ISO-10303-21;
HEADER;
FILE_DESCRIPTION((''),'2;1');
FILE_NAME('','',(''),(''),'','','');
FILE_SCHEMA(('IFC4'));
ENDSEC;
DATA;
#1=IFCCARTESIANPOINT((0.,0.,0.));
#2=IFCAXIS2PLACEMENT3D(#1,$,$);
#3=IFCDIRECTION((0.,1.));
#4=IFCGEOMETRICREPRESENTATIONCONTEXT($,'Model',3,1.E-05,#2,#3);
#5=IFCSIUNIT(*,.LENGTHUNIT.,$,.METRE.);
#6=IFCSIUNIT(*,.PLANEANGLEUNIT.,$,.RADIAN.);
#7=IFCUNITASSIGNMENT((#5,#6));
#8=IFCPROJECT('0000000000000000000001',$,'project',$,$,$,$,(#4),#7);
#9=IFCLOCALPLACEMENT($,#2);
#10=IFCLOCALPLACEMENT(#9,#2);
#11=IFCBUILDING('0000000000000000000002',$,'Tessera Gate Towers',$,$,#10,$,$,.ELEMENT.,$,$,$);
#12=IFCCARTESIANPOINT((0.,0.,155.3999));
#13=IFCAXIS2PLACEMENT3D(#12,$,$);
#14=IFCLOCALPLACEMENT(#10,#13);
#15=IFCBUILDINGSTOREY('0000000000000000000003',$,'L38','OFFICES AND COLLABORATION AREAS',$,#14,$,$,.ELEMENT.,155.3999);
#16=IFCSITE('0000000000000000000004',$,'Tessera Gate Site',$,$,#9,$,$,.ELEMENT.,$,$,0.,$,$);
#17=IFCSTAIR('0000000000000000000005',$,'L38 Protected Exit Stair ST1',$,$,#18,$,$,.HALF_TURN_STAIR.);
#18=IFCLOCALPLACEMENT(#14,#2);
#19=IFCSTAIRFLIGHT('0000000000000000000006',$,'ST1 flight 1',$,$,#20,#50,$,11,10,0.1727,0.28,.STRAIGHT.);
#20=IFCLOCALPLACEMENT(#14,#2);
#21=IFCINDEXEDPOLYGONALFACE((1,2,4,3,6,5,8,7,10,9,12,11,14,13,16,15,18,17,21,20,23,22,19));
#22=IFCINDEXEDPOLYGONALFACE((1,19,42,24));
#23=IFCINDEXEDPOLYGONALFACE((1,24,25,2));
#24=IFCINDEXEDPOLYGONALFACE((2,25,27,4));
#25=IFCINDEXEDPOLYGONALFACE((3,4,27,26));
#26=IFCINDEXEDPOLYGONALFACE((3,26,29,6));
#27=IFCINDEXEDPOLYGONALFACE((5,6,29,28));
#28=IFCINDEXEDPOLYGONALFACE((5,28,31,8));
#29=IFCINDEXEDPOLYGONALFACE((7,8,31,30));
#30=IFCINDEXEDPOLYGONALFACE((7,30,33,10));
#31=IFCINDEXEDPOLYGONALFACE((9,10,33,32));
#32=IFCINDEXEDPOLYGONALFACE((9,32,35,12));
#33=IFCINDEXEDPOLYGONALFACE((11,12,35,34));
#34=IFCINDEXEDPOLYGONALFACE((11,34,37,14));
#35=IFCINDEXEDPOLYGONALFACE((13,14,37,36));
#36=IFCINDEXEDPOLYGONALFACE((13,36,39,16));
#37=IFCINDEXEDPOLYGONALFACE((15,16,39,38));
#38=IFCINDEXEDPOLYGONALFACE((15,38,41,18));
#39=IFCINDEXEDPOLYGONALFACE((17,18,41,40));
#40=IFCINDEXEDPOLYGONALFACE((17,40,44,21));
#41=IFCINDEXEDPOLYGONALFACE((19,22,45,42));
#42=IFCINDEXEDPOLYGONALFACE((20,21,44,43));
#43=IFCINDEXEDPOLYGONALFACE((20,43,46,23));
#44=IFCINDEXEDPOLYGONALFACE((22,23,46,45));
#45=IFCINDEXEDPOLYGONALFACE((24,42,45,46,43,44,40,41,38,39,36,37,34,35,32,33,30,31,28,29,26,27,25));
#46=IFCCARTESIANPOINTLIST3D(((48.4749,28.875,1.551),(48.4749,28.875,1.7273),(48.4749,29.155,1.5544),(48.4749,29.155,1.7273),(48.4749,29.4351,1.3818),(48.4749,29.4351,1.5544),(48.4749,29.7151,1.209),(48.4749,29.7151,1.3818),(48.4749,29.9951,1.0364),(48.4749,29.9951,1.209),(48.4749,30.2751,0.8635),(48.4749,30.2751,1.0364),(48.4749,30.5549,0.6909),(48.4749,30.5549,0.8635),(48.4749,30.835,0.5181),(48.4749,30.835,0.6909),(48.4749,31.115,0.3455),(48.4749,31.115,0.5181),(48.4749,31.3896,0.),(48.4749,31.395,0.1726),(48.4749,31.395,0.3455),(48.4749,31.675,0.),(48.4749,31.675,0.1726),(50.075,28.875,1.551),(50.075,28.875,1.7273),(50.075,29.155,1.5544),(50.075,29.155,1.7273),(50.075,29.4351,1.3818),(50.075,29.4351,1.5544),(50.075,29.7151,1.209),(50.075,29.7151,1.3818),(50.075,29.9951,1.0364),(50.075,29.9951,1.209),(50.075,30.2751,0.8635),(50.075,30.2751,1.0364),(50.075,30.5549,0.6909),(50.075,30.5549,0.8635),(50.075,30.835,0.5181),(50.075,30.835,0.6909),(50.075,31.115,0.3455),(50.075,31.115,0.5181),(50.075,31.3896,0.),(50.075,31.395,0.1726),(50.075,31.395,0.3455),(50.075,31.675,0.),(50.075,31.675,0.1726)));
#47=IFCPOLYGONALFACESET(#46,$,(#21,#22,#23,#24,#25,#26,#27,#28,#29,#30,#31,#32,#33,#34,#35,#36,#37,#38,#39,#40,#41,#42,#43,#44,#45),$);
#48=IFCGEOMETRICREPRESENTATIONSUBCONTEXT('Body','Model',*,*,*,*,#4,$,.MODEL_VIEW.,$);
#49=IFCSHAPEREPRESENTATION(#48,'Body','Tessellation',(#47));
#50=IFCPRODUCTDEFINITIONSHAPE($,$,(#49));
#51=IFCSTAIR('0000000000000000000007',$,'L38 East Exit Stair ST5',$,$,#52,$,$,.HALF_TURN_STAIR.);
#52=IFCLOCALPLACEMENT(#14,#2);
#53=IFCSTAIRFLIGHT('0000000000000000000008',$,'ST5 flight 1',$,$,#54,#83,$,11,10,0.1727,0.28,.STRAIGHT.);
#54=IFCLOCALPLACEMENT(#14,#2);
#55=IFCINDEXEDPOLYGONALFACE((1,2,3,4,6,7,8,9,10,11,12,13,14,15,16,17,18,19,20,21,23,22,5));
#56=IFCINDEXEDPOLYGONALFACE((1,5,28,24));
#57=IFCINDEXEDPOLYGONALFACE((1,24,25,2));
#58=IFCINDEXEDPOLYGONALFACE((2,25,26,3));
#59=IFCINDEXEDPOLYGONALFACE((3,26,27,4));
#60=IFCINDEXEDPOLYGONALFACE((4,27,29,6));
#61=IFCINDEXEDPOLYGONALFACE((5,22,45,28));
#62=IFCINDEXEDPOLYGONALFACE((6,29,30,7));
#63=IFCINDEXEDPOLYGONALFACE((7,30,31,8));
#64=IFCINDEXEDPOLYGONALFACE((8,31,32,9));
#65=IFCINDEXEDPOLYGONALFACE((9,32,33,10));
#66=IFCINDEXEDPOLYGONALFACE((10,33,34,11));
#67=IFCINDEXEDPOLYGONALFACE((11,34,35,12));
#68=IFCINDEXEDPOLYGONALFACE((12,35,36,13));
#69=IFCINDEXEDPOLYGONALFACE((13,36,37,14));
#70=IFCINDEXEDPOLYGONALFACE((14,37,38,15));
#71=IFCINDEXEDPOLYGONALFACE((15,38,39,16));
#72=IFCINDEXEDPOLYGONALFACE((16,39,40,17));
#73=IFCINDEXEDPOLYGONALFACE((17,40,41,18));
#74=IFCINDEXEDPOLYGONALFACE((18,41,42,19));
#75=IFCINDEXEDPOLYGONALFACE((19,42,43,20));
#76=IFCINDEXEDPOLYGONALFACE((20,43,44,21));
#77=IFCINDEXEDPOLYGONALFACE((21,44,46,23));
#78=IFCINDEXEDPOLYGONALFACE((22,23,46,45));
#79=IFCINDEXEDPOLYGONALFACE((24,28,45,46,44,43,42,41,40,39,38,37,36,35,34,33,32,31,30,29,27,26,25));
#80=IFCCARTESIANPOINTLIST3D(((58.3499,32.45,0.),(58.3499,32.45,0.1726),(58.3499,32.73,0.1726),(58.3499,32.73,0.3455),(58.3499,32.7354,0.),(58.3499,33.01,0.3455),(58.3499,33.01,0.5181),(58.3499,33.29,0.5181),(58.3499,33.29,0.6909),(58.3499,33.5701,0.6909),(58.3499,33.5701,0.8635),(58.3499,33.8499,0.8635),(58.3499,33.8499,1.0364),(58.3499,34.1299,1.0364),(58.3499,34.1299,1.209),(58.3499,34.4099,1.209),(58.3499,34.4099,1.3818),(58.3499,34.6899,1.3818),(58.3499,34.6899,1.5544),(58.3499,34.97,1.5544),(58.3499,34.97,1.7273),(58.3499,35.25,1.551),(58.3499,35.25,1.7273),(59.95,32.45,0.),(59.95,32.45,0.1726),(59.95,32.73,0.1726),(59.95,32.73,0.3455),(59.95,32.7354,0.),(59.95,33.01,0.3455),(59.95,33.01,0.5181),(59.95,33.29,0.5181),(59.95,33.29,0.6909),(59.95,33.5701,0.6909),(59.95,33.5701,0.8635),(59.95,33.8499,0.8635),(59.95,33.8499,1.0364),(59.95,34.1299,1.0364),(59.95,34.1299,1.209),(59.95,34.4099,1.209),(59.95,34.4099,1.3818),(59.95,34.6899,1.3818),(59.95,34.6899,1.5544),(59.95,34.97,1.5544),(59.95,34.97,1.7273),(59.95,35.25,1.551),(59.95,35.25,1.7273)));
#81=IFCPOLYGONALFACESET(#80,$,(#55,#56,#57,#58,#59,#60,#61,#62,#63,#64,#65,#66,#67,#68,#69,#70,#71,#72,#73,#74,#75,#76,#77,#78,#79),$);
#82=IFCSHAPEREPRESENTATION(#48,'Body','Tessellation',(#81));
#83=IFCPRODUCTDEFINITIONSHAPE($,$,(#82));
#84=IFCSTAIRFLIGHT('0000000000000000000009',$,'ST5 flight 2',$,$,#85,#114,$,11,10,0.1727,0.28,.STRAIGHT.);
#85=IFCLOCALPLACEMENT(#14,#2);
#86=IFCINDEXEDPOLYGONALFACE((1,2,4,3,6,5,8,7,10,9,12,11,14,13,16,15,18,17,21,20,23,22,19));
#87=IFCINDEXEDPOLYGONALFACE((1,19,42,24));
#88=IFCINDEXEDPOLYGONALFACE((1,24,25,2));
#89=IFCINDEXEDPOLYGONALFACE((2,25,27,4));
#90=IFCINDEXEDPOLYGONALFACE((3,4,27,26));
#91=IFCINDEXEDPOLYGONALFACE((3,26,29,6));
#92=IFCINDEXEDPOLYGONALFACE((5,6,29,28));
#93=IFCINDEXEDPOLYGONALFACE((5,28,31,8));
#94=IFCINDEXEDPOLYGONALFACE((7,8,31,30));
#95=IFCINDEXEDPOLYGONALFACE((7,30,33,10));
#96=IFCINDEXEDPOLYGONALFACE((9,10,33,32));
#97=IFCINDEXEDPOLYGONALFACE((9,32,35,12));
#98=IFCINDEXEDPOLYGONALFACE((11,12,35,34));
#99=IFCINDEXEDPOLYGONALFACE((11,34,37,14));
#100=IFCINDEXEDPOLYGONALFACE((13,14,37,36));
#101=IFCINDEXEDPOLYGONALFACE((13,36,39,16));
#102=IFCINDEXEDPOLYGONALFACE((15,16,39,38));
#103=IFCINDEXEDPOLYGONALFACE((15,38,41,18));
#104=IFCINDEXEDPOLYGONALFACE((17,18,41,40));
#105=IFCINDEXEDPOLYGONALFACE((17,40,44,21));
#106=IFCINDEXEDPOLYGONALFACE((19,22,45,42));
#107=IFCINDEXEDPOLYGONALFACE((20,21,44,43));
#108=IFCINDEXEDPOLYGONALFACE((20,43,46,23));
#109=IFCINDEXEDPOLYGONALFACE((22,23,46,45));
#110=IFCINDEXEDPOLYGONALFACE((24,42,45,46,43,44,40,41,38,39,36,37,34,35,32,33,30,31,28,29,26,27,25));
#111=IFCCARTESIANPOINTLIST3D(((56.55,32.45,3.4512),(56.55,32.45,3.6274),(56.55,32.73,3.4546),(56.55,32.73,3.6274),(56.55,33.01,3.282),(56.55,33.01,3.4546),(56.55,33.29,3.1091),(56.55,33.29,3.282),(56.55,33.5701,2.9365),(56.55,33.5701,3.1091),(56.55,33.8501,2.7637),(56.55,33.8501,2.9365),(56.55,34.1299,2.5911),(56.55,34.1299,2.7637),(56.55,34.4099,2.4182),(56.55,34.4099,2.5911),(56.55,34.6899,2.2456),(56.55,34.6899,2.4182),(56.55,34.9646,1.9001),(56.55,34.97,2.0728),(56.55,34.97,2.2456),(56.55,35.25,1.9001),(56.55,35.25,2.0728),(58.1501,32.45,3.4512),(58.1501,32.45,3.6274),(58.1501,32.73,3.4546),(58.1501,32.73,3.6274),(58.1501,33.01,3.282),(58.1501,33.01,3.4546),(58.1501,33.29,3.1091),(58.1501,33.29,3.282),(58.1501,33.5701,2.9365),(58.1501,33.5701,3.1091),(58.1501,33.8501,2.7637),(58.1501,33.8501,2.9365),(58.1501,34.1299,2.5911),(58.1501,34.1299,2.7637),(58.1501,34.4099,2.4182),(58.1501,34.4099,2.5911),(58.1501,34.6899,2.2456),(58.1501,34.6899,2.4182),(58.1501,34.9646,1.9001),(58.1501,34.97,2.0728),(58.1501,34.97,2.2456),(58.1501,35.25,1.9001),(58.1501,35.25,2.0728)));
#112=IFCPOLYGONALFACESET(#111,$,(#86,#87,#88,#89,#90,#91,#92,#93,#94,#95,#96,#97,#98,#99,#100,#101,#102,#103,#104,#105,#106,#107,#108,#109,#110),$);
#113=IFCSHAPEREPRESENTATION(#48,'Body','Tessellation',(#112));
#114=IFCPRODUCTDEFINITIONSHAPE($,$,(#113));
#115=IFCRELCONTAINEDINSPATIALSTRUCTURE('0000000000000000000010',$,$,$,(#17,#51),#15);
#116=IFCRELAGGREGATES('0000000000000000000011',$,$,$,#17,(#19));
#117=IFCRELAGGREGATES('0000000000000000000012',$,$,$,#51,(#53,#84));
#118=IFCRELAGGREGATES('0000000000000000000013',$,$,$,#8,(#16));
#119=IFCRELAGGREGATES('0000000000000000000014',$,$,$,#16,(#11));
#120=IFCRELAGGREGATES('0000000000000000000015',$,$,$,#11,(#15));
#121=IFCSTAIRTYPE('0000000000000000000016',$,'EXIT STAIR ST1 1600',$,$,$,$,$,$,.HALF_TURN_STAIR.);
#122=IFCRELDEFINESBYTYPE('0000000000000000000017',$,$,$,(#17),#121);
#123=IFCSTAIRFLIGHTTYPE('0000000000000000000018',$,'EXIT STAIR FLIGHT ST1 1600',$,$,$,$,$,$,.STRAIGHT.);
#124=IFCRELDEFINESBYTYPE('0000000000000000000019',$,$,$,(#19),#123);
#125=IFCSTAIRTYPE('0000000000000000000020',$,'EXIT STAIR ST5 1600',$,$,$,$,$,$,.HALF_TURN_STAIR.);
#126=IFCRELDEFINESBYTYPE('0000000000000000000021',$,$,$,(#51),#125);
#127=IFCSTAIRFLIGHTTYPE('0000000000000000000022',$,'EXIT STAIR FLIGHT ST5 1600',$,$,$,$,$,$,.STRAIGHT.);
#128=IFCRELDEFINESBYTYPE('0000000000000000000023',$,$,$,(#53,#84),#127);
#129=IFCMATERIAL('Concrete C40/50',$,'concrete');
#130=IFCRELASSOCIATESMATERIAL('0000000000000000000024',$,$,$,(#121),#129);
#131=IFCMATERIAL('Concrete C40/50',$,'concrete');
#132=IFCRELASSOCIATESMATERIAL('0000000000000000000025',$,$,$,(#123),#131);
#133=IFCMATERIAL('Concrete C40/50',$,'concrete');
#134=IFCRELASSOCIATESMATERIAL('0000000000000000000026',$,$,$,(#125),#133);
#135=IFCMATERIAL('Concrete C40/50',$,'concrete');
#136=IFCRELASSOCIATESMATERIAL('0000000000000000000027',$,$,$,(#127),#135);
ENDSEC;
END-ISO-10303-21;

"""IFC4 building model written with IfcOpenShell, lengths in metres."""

from ifc_helpers import new_model, si_unit, direction, frame, origin, place, context, subcontext, project, spatial, polyline, outline, extrude, material, type_object, element, aggregate, save


model = new_model("IFC4")

# Units and contexts
model_context = context("Model", 3, precision=1e-05, world=origin(), true_north=direction((0.0, 1.0)))
body_context = subcontext(model_context, "Body", "Model", "MODEL_VIEW")
ifc_project = project(units=[si_unit("LENGTHUNIT", "METRE"), si_unit("PLANEANGLEUNIT", "RADIAN")], contexts=[model_context])

# Site, building, storey
site_placement = place(None, origin())
site = spatial("IfcSite", under=ifc_project, at=site_placement, Name="Tessera Gate Site", CompositionType="ELEMENT", RefElevation=0.0)
building_placement = place(site_placement, origin())
building = spatial("IfcBuilding", under=site, at=building_placement, Name="Tessera Gate Towers", CompositionType="ELEMENT")
storey_placement = place(building_placement, frame((0.0, 0.0, 155.3999)))
storey = spatial("IfcBuildingStorey", under=building, at=storey_placement, Name="L38", Description="OFFICES AND COLLABORATION AREAS", CompositionType="ELEMENT", Elevation=155.3999)

# Stair, stair flight
ifc_material_1 = material(Name="Concrete C40/50", Category="concrete")
stair_type_1 = type_object("IfcStairType", Name="EXIT STAIR ST1 1600", PredefinedType="HALF_TURN_STAIR", material=ifc_material_1)
stair_1_placement = place(storey_placement, origin())
stair_1 = element("IfcStair", 1, at=stair_1_placement, inside=storey, type_object=stair_type_1, Name="L38 Protected Exit Stair ST1", PredefinedType="HALF_TURN_STAIR")
ifc_material_2 = material(Name="Concrete C40/50", Category="concrete")
stair_flight_type_1 = type_object("IfcStairFlightType", Name="EXIT STAIR FLIGHT ST1 1600", PredefinedType="STRAIGHT", material=ifc_material_2)
stair_flight_1_placement = place(storey_placement, frame((49.2749, 31.675, 0.0), z_axis=(0.0, 0.0, 1.0), x_axis=(0.0, -1.0, 0.0)))
stair_flight_1 = element("IfcStairFlight", 2, at=stair_flight_1_placement, type_object=stair_flight_type_1, Name="ST1 flight 1", NumberOfRisers=11, NumberOfTreads=10, PredefinedType="STRAIGHT", RiserHeight=0.1727, TreadLength=0.28, context=body_context, shape_type="SweptSolid", body=[
    extrude(outline(polyline([(0.0, 0.0), (0.0, 0.1726), (0.28, 0.1726), (0.28, 0.3455), (0.5601, 0.3455), (0.5601, 0.5181), (0.8401, 0.5181), (0.8401, 0.6909), (1.1201, 0.6909), (1.1201, 0.8635), (1.3999, 0.8635), (1.3999, 1.0364), (1.6799, 1.0364), (1.6799, 1.209), (1.96, 1.209), (1.96, 1.3818), (2.24, 1.3818), (2.24, 1.5544), (2.52, 1.5544), (2.52, 1.7273), (2.8, 1.7273), (2.8, 1.8999), (2.8, 1.551), (0.2854, 0.0), (0.0, 0.0)])), frame((0.0, 0.8, 0.0), z_axis=(0.0, -1.0, 0.0), x_axis=(1.0, 0.0, 0.0)), (0.0, 0.0, 1.0), 1.6001),
])
aggregate(stair_1, [stair_flight_1])

# Stair, stair flights
ifc_material_3 = material(Name="Concrete C40/50", Category="concrete")
stair_type_2 = type_object("IfcStairType", Name="EXIT STAIR ST5 1600", PredefinedType="HALF_TURN_STAIR", material=ifc_material_3)
stair_2_placement = place(storey_placement, origin())
stair_2 = element("IfcStair", 3, at=stair_2_placement, inside=storey, type_object=stair_type_2, Name="L38 East Exit Stair ST5", PredefinedType="HALF_TURN_STAIR")
ifc_material_4 = material(Name="Concrete C40/50", Category="concrete")
stair_flight_type_2 = type_object("IfcStairFlightType", Name="EXIT STAIR FLIGHT ST5 1600", PredefinedType="STRAIGHT", material=ifc_material_4)
stair_flight_2_placement = place(storey_placement, frame((59.1499, 32.45, 0.0), z_axis=(0.0, 0.0, 1.0), x_axis=(0.0, 1.0, 0.0)))
stair_flight_2 = element("IfcStairFlight", 4, at=stair_flight_2_placement, type_object=stair_flight_type_2, Name="ST5 flight 1", NumberOfRisers=11, NumberOfTreads=10, PredefinedType="STRAIGHT", RiserHeight=0.1727, TreadLength=0.28, context=body_context, shape_type="SweptSolid", body=[
    extrude(outline(polyline([(0.0, 0.0), (0.0, 0.1726), (0.28, 0.1726), (0.28, 0.3455), (0.5601, 0.3455), (0.5601, 0.5181), (0.8401, 0.5181), (0.8401, 0.6909), (1.1201, 0.6909), (1.1201, 0.8635), (1.3999, 0.8635), (1.3999, 1.0364), (1.6799, 1.0364), (1.6799, 1.209), (1.96, 1.209), (1.96, 1.3818), (2.24, 1.3818), (2.24, 1.5544), (2.52, 1.5544), (2.52, 1.7273), (2.8, 1.7273), (2.8, 1.8999), (2.8, 1.551), (0.2854, 0.0), (0.0, 0.0)])), frame((0.0, 0.8, 0.0), z_axis=(0.0, -1.0, 0.0), x_axis=(1.0, 0.0, 0.0)), (0.0, 0.0, 1.0), 1.6001),
])
stair_flight_3_placement = place(storey_placement, frame((57.3501, 35.25, 1.9001), z_axis=(0.0, 0.0, 1.0), x_axis=(0.0, -1.0, 0.0)))
stair_flight_3 = element("IfcStairFlight", 5, at=stair_flight_3_placement, type_object=stair_flight_type_2, Name="ST5 flight 2", NumberOfRisers=11, NumberOfTreads=10, PredefinedType="STRAIGHT", RiserHeight=0.1727, TreadLength=0.28, context=body_context, shape_type="SweptSolid", body=[
    extrude(outline(polyline([(0.0, 0.0), (0.0, 0.1726), (0.28, 0.1726), (0.28, 0.3455), (0.5601, 0.3455), (0.5601, 0.5181), (0.8401, 0.5181), (0.8401, 0.6909), (1.1201, 0.6909), (1.1201, 0.8635), (1.3999, 0.8635), (1.3999, 1.0364), (1.6799, 1.0364), (1.6799, 1.209), (1.96, 1.209), (1.96, 1.3818), (2.24, 1.3818), (2.24, 1.5544), (2.52, 1.5544), (2.52, 1.7273), (2.8, 1.7273), (2.8, 1.8999), (2.8, 1.551), (0.2854, 0.0), (0.0, 0.0)])), frame((0.0, 0.8, 0.0), z_axis=(0.0, -1.0, 0.0), x_axis=(1.0, 0.0, 0.0)), (0.0, 0.0, 1.0), 1.6001),
])
aggregate(stair_2, [stair_flight_2, stair_flight_3])

save(model, "model.ifc")
